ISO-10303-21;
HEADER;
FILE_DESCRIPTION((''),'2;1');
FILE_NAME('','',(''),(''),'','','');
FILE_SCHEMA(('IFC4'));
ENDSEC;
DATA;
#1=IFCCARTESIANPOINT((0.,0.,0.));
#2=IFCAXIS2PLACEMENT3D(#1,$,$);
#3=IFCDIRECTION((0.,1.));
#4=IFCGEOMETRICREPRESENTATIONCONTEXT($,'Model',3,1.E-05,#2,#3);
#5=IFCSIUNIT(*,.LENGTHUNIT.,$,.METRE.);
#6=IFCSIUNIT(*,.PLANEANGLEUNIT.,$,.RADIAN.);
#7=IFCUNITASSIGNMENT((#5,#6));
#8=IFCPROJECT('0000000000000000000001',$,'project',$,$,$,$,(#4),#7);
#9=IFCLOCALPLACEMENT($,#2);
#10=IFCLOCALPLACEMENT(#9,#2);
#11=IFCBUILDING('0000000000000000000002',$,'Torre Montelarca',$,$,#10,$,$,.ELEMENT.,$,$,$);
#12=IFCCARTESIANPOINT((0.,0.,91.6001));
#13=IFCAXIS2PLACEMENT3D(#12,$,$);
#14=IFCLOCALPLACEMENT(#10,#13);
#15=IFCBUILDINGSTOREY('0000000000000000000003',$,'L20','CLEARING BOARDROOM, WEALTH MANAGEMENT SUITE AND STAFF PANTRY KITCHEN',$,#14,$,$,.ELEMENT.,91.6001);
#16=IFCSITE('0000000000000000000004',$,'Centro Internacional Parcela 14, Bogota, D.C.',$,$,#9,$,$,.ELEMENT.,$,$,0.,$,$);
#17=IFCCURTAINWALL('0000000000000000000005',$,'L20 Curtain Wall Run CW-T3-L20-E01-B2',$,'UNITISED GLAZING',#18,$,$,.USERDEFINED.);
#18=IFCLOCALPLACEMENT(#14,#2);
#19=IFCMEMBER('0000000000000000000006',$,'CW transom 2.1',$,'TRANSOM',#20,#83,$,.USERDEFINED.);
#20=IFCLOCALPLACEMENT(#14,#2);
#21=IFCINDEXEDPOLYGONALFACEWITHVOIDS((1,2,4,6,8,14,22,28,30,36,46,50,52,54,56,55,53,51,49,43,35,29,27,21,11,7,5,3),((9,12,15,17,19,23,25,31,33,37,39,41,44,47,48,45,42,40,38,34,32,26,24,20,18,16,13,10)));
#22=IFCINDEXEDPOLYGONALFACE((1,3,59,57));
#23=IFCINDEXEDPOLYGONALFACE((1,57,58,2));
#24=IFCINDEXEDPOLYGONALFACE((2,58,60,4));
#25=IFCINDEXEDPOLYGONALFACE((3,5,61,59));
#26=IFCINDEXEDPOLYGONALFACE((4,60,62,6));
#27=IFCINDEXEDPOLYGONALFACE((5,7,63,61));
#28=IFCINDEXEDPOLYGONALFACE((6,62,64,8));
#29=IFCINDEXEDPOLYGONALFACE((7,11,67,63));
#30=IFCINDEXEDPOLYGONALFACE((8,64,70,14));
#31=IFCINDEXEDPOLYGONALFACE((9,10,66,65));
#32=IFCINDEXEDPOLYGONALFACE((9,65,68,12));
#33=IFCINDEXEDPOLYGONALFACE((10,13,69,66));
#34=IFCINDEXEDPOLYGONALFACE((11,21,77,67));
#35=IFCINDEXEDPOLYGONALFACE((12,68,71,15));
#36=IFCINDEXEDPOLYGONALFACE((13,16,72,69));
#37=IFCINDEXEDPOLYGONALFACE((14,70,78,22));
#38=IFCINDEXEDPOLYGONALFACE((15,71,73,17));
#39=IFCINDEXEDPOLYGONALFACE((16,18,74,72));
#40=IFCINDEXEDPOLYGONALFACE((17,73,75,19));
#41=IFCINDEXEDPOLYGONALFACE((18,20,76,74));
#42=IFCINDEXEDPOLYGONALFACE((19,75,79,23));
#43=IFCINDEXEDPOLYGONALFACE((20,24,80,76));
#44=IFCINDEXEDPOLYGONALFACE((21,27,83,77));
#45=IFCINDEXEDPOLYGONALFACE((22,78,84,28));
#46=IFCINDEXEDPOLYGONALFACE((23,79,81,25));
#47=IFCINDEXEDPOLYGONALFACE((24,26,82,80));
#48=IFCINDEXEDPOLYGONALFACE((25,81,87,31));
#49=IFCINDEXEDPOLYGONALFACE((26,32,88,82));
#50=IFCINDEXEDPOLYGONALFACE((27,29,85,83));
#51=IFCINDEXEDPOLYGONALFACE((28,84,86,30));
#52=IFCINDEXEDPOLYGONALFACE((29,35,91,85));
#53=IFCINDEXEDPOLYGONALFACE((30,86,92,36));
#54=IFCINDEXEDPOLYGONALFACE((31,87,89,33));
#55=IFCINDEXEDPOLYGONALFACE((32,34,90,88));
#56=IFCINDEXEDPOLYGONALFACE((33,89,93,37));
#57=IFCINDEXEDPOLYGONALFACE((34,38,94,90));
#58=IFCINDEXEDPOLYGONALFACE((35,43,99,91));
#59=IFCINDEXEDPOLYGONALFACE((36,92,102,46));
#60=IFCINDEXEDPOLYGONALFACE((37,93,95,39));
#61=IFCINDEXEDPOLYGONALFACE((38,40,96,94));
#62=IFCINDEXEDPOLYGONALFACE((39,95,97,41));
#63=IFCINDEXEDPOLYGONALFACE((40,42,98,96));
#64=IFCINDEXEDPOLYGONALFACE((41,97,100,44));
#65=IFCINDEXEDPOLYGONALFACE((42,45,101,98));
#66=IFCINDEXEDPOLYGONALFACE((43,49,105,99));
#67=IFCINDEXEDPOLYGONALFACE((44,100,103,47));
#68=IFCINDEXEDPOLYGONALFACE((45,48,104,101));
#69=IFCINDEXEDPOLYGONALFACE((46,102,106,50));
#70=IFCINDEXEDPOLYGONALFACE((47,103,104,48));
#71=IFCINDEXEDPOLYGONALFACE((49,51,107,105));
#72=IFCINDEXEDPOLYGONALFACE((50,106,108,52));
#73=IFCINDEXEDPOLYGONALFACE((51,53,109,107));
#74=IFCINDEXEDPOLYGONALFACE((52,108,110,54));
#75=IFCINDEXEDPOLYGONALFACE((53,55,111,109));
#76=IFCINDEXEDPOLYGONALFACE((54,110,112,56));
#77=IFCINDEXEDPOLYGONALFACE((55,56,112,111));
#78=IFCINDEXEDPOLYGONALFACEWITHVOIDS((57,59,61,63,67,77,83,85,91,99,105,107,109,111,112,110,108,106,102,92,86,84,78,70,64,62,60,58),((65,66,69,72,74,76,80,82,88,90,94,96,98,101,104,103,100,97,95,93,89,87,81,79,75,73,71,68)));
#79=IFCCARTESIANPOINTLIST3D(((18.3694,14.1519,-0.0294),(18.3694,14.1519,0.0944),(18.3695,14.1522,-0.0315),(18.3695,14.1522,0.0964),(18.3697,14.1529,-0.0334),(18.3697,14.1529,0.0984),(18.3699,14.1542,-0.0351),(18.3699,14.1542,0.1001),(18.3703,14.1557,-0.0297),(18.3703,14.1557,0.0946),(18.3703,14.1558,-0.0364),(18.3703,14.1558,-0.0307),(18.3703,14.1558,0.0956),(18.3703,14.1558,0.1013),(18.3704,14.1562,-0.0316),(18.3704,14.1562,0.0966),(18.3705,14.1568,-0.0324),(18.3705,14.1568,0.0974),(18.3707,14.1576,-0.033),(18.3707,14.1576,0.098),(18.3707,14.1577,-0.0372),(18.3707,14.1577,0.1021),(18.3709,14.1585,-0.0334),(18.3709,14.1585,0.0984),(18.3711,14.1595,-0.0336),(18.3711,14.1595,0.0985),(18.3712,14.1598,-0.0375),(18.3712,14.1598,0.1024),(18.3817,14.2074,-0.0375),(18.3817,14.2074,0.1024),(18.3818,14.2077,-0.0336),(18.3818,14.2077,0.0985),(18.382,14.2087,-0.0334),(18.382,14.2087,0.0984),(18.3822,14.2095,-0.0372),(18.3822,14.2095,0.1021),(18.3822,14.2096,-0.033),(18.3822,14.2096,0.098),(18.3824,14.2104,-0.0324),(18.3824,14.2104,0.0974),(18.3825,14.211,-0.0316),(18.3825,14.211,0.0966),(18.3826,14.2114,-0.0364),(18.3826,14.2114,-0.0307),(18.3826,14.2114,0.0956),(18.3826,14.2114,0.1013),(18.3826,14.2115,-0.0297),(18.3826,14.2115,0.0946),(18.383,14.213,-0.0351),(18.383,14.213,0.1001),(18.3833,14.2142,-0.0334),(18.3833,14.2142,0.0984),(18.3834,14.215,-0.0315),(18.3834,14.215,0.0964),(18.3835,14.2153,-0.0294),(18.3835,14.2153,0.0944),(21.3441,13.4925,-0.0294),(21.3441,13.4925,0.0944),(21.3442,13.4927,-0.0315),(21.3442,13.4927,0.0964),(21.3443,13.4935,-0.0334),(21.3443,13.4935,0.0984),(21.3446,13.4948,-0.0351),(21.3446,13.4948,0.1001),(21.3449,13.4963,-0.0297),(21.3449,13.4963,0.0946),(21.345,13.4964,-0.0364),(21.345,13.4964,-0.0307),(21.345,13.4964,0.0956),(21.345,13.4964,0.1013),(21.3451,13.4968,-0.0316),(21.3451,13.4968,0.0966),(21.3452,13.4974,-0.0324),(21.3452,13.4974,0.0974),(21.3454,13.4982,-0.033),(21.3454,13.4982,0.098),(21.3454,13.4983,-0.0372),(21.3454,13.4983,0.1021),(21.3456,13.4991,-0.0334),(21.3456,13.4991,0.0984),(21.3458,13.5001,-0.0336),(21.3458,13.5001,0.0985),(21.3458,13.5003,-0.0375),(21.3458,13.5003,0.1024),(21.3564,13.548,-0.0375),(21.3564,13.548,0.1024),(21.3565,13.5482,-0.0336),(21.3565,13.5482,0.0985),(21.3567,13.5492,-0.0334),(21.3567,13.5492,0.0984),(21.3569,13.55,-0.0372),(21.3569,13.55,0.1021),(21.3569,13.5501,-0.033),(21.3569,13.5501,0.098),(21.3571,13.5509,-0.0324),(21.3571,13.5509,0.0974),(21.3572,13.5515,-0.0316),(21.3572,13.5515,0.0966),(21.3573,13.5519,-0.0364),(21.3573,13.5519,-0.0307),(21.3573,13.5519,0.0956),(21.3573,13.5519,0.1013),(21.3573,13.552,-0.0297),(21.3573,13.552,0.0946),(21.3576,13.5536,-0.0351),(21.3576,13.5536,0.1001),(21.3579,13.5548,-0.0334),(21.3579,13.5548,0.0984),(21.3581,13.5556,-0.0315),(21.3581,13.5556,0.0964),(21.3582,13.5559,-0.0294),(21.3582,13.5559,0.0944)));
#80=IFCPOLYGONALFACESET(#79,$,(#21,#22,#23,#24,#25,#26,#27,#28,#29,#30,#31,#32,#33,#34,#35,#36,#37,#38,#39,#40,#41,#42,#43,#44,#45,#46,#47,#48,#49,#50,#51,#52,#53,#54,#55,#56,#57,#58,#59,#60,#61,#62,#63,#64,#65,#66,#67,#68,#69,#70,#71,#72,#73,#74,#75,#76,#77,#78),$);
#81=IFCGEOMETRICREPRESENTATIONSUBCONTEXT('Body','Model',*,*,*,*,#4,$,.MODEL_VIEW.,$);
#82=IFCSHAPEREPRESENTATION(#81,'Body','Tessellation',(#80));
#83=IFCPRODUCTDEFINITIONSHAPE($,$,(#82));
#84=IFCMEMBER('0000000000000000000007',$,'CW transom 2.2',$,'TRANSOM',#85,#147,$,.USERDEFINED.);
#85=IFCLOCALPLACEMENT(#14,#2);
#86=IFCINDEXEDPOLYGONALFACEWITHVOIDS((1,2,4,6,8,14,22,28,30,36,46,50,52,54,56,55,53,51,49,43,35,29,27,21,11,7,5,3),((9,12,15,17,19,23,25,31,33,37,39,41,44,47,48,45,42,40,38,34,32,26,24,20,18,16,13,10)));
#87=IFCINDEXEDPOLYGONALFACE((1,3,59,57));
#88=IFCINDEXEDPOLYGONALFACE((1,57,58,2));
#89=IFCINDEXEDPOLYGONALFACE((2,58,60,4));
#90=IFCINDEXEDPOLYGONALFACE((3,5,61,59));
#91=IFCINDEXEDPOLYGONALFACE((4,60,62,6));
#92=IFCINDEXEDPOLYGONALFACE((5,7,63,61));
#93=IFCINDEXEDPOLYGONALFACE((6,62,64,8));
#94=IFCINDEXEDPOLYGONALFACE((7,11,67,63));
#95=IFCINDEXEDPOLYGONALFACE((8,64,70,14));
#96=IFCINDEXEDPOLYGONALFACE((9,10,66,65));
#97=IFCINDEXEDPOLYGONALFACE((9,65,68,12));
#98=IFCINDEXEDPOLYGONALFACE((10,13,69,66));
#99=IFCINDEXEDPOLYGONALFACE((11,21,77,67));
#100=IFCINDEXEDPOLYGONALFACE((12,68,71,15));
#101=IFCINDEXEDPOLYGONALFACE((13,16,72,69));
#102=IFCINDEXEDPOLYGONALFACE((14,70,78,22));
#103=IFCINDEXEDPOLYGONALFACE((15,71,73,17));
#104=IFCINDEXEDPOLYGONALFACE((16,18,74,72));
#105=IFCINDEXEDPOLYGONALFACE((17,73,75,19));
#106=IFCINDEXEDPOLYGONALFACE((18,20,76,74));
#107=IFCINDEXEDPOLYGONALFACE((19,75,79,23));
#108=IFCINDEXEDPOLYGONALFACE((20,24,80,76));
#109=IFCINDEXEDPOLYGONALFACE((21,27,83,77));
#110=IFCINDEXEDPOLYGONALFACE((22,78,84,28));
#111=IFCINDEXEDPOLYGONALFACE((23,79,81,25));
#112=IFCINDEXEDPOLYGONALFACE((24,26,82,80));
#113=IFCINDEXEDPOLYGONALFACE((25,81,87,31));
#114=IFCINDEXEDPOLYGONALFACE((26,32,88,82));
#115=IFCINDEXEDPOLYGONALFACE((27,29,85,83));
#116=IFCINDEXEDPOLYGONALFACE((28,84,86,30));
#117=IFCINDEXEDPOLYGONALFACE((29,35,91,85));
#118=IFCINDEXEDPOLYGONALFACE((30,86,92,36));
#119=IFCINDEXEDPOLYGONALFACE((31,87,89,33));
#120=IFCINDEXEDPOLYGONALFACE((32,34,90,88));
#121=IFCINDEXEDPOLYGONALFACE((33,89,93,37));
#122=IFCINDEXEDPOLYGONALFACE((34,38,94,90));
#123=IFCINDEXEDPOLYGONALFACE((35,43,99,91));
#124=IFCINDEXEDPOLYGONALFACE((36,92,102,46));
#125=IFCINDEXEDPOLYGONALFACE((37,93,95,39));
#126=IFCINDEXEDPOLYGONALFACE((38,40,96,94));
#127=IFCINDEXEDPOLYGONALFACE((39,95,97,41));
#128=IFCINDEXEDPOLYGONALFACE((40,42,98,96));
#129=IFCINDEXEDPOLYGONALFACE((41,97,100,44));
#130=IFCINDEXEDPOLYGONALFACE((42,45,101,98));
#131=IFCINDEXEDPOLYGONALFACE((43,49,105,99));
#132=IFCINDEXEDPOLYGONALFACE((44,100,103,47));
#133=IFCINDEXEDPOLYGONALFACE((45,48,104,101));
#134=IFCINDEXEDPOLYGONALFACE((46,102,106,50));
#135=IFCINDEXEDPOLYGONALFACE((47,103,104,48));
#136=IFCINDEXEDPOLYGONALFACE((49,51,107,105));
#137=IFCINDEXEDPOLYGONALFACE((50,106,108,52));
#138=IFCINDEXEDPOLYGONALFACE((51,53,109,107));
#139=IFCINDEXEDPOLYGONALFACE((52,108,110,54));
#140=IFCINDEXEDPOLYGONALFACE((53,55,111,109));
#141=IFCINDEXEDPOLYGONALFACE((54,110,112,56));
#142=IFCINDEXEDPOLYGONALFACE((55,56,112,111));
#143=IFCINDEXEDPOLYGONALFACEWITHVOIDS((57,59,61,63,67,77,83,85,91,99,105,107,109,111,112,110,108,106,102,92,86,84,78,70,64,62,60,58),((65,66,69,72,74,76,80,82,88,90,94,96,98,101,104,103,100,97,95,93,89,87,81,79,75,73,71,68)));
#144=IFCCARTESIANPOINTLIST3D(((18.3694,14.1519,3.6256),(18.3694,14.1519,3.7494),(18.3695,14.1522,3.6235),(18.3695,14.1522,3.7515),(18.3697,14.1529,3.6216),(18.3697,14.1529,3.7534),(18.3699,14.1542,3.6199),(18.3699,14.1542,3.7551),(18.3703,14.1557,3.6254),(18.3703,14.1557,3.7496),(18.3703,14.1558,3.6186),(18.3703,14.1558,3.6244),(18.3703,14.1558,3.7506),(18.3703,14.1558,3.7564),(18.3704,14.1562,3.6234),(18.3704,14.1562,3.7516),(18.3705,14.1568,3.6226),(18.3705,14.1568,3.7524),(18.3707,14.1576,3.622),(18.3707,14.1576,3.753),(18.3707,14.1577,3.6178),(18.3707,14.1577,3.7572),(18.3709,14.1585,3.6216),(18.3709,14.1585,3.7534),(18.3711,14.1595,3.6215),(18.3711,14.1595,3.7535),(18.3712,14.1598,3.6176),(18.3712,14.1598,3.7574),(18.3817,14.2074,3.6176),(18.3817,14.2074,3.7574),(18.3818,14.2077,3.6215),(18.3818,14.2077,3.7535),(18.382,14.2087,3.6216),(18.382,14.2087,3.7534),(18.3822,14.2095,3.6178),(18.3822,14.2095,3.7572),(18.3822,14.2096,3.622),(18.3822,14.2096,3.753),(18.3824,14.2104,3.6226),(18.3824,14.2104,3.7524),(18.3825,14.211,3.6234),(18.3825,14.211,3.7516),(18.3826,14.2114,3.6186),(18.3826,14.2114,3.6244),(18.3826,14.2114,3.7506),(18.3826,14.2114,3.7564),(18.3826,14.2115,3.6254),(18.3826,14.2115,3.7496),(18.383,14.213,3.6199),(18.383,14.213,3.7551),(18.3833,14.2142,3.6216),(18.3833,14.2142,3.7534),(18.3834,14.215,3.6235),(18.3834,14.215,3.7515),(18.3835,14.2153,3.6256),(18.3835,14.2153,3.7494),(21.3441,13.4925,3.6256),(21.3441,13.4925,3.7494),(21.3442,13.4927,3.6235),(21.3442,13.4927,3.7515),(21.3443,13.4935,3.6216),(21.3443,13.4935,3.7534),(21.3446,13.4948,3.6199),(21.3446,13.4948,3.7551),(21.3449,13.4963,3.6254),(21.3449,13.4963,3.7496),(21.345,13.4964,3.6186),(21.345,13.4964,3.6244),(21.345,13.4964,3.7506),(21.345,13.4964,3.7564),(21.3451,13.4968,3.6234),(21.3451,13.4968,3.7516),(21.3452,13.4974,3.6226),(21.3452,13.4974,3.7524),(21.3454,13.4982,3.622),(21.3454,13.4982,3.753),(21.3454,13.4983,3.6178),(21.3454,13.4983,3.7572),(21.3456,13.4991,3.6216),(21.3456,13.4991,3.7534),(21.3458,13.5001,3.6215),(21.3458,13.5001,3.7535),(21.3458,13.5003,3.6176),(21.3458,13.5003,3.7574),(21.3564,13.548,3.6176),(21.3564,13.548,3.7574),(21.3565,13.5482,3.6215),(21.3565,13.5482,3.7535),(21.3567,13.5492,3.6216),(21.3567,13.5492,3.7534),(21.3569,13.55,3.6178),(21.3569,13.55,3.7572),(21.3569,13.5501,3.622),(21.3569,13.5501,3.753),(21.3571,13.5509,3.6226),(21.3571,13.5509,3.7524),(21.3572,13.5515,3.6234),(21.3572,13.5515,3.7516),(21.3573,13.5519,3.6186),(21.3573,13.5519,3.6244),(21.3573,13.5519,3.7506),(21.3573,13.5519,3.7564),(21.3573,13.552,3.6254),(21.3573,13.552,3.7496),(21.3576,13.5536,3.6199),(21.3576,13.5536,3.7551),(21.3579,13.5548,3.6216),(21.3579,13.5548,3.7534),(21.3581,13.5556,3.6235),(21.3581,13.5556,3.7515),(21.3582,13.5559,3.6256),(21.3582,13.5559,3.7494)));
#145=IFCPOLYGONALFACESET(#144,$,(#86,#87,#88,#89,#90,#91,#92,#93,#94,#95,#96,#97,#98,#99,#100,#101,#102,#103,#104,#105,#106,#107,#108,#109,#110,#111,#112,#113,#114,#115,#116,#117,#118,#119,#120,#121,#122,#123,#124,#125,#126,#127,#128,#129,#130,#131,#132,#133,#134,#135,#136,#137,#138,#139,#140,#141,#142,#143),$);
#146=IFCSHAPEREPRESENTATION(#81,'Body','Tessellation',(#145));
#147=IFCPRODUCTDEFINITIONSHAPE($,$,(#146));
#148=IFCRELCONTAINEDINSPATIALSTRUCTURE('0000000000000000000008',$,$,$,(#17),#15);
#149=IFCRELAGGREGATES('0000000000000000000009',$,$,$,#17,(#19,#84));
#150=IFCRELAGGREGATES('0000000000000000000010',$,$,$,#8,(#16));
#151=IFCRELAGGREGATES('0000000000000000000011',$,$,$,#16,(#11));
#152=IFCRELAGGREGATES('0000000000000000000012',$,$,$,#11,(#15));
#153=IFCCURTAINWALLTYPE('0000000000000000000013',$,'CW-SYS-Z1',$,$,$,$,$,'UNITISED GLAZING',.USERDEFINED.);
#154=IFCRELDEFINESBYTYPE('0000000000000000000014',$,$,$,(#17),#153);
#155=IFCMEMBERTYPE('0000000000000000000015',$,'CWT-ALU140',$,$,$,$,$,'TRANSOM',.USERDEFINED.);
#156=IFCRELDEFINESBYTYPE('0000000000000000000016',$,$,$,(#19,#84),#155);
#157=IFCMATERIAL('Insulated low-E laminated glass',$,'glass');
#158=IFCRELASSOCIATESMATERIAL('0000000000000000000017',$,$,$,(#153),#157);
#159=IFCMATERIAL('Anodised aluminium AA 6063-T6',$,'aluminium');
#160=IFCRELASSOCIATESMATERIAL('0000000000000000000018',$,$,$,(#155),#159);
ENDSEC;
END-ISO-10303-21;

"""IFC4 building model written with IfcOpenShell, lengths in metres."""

from ifc_helpers import new_model, si_unit, direction, frame, origin, origin_2d, place, context, subcontext, project, spatial, hollow_rectangle, extrude, source, transform, mapped, material, material_profile, profile_set, type_object, element, aggregate, save


model = new_model("IFC4")

# Units and contexts
model_context = context("Model", 3, precision=1e-05, world=origin(), true_north=direction((0.0, 1.0)))
body_context = subcontext(model_context, "Body", "Model", "MODEL_VIEW")
ifc_project = project(units=[si_unit("LENGTHUNIT", "METRE"), si_unit("PLANEANGLEUNIT", "RADIAN")], contexts=[model_context])

# Site, building, storey
site_placement = place(None, origin())
site = spatial("IfcSite", under=ifc_project, at=site_placement, Name="Centro Internacional Parcela 14, Bogota, D.C.", CompositionType="ELEMENT", RefElevation=0.0)
building_placement = place(site_placement, origin())
building = spatial("IfcBuilding", under=site, at=building_placement, Name="Torre Montelarca", CompositionType="ELEMENT")
storey_placement = place(building_placement, frame((0.0, 0.0, 91.6001)))
storey = spatial("IfcBuildingStorey", under=building, at=storey_placement, Name="L20", Description="CLEARING BOARDROOM, WEALTH MANAGEMENT SUITE AND STAFF PANTRY KITCHEN", CompositionType="ELEMENT", Elevation=91.6001)

# Curtain wall, members
ifc_material_1 = material(Name="Insulated low-E laminated glass", Category="glass")
curtain_wall_type = type_object("IfcCurtainWallType", Name="CW-SYS-Z1", ElementType="UNITISED GLAZING", PredefinedType="USERDEFINED", material=ifc_material_1)
ifc_material_2 = material(Name="Anodised aluminium AA 6063-T6", Category="aluminium")
ifc_material_profile_1 = material_profile(ifc_material_2, hollow_rectangle(XDim=0.0649, YDim=0.1399, WallThickness=0.0039, InnerFilletRadius=0.0039, OuterFilletRadius=0.0081, at=origin_2d()), Name="ALU65X140X4", Category="aluminium")
ifc_profile_set_1 = profile_set([ifc_material_profile_1], Name="Anodised aluminium AA 6063-T6")
member_type_1 = type_object("IfcMemberType", Name="CWT-ALU140", ElementType="TRANSOM", PredefinedType="USERDEFINED", material=ifc_profile_set_1)
curtain_wall_1_placement = place(storey_placement, origin())
curtain_wall_1 = element("IfcCurtainWall", 1, at=curtain_wall_1_placement, inside=storey, type_object=curtain_wall_type, Name="L20 Curtain Wall Run CW-T3-L20-E01-B2", ObjectType="UNITISED GLAZING", PredefinedType="USERDEFINED")
shared_shape_1 = source(origin(), body_context, "Body", "SweptSolid", [
    extrude(hollow_rectangle(XDim=0.0649, YDim=0.1399, WallThickness=0.0039, InnerFilletRadius=0.0039, OuterFilletRadius=0.0081, at=origin_2d()), origin(), (0.0, 0.0, 1.0), 3.0469),
])
member_1_placement = place(storey_placement, frame((18.3765, 14.1836, 0.0325), z_axis=(0.976298, -0.21643, 0.0), x_axis=(0.21643, 0.976298, 0.0)))
member_1 = element("IfcMember", 2, at=member_1_placement, type_object=member_type_1, Name="CW transom 2.1", ObjectType="TRANSOM", PredefinedType="USERDEFINED", context=body_context, shape_type="MappedRepresentation", body=[
    mapped(shared_shape_1, transform((0.0, 0.0, 0.0), scale=1.0)),
])
member_2_placement = place(storey_placement, frame((18.3765, 14.1836, 3.6875), z_axis=(0.976298, -0.21643, 0.0), x_axis=(0.21643, 0.976298, 0.0)))
member_2 = element("IfcMember", 3, at=member_2_placement, type_object=member_type_1, Name="CW transom 2.2", ObjectType="TRANSOM", PredefinedType="USERDEFINED", context=body_context, shape_type="MappedRepresentation", body=[
    mapped(shared_shape_1, transform((0.0, 0.0, 0.0), scale=1.0)),
])

aggregate(curtain_wall_1, [member_1, member_2])

save(model, "model.ifc")
